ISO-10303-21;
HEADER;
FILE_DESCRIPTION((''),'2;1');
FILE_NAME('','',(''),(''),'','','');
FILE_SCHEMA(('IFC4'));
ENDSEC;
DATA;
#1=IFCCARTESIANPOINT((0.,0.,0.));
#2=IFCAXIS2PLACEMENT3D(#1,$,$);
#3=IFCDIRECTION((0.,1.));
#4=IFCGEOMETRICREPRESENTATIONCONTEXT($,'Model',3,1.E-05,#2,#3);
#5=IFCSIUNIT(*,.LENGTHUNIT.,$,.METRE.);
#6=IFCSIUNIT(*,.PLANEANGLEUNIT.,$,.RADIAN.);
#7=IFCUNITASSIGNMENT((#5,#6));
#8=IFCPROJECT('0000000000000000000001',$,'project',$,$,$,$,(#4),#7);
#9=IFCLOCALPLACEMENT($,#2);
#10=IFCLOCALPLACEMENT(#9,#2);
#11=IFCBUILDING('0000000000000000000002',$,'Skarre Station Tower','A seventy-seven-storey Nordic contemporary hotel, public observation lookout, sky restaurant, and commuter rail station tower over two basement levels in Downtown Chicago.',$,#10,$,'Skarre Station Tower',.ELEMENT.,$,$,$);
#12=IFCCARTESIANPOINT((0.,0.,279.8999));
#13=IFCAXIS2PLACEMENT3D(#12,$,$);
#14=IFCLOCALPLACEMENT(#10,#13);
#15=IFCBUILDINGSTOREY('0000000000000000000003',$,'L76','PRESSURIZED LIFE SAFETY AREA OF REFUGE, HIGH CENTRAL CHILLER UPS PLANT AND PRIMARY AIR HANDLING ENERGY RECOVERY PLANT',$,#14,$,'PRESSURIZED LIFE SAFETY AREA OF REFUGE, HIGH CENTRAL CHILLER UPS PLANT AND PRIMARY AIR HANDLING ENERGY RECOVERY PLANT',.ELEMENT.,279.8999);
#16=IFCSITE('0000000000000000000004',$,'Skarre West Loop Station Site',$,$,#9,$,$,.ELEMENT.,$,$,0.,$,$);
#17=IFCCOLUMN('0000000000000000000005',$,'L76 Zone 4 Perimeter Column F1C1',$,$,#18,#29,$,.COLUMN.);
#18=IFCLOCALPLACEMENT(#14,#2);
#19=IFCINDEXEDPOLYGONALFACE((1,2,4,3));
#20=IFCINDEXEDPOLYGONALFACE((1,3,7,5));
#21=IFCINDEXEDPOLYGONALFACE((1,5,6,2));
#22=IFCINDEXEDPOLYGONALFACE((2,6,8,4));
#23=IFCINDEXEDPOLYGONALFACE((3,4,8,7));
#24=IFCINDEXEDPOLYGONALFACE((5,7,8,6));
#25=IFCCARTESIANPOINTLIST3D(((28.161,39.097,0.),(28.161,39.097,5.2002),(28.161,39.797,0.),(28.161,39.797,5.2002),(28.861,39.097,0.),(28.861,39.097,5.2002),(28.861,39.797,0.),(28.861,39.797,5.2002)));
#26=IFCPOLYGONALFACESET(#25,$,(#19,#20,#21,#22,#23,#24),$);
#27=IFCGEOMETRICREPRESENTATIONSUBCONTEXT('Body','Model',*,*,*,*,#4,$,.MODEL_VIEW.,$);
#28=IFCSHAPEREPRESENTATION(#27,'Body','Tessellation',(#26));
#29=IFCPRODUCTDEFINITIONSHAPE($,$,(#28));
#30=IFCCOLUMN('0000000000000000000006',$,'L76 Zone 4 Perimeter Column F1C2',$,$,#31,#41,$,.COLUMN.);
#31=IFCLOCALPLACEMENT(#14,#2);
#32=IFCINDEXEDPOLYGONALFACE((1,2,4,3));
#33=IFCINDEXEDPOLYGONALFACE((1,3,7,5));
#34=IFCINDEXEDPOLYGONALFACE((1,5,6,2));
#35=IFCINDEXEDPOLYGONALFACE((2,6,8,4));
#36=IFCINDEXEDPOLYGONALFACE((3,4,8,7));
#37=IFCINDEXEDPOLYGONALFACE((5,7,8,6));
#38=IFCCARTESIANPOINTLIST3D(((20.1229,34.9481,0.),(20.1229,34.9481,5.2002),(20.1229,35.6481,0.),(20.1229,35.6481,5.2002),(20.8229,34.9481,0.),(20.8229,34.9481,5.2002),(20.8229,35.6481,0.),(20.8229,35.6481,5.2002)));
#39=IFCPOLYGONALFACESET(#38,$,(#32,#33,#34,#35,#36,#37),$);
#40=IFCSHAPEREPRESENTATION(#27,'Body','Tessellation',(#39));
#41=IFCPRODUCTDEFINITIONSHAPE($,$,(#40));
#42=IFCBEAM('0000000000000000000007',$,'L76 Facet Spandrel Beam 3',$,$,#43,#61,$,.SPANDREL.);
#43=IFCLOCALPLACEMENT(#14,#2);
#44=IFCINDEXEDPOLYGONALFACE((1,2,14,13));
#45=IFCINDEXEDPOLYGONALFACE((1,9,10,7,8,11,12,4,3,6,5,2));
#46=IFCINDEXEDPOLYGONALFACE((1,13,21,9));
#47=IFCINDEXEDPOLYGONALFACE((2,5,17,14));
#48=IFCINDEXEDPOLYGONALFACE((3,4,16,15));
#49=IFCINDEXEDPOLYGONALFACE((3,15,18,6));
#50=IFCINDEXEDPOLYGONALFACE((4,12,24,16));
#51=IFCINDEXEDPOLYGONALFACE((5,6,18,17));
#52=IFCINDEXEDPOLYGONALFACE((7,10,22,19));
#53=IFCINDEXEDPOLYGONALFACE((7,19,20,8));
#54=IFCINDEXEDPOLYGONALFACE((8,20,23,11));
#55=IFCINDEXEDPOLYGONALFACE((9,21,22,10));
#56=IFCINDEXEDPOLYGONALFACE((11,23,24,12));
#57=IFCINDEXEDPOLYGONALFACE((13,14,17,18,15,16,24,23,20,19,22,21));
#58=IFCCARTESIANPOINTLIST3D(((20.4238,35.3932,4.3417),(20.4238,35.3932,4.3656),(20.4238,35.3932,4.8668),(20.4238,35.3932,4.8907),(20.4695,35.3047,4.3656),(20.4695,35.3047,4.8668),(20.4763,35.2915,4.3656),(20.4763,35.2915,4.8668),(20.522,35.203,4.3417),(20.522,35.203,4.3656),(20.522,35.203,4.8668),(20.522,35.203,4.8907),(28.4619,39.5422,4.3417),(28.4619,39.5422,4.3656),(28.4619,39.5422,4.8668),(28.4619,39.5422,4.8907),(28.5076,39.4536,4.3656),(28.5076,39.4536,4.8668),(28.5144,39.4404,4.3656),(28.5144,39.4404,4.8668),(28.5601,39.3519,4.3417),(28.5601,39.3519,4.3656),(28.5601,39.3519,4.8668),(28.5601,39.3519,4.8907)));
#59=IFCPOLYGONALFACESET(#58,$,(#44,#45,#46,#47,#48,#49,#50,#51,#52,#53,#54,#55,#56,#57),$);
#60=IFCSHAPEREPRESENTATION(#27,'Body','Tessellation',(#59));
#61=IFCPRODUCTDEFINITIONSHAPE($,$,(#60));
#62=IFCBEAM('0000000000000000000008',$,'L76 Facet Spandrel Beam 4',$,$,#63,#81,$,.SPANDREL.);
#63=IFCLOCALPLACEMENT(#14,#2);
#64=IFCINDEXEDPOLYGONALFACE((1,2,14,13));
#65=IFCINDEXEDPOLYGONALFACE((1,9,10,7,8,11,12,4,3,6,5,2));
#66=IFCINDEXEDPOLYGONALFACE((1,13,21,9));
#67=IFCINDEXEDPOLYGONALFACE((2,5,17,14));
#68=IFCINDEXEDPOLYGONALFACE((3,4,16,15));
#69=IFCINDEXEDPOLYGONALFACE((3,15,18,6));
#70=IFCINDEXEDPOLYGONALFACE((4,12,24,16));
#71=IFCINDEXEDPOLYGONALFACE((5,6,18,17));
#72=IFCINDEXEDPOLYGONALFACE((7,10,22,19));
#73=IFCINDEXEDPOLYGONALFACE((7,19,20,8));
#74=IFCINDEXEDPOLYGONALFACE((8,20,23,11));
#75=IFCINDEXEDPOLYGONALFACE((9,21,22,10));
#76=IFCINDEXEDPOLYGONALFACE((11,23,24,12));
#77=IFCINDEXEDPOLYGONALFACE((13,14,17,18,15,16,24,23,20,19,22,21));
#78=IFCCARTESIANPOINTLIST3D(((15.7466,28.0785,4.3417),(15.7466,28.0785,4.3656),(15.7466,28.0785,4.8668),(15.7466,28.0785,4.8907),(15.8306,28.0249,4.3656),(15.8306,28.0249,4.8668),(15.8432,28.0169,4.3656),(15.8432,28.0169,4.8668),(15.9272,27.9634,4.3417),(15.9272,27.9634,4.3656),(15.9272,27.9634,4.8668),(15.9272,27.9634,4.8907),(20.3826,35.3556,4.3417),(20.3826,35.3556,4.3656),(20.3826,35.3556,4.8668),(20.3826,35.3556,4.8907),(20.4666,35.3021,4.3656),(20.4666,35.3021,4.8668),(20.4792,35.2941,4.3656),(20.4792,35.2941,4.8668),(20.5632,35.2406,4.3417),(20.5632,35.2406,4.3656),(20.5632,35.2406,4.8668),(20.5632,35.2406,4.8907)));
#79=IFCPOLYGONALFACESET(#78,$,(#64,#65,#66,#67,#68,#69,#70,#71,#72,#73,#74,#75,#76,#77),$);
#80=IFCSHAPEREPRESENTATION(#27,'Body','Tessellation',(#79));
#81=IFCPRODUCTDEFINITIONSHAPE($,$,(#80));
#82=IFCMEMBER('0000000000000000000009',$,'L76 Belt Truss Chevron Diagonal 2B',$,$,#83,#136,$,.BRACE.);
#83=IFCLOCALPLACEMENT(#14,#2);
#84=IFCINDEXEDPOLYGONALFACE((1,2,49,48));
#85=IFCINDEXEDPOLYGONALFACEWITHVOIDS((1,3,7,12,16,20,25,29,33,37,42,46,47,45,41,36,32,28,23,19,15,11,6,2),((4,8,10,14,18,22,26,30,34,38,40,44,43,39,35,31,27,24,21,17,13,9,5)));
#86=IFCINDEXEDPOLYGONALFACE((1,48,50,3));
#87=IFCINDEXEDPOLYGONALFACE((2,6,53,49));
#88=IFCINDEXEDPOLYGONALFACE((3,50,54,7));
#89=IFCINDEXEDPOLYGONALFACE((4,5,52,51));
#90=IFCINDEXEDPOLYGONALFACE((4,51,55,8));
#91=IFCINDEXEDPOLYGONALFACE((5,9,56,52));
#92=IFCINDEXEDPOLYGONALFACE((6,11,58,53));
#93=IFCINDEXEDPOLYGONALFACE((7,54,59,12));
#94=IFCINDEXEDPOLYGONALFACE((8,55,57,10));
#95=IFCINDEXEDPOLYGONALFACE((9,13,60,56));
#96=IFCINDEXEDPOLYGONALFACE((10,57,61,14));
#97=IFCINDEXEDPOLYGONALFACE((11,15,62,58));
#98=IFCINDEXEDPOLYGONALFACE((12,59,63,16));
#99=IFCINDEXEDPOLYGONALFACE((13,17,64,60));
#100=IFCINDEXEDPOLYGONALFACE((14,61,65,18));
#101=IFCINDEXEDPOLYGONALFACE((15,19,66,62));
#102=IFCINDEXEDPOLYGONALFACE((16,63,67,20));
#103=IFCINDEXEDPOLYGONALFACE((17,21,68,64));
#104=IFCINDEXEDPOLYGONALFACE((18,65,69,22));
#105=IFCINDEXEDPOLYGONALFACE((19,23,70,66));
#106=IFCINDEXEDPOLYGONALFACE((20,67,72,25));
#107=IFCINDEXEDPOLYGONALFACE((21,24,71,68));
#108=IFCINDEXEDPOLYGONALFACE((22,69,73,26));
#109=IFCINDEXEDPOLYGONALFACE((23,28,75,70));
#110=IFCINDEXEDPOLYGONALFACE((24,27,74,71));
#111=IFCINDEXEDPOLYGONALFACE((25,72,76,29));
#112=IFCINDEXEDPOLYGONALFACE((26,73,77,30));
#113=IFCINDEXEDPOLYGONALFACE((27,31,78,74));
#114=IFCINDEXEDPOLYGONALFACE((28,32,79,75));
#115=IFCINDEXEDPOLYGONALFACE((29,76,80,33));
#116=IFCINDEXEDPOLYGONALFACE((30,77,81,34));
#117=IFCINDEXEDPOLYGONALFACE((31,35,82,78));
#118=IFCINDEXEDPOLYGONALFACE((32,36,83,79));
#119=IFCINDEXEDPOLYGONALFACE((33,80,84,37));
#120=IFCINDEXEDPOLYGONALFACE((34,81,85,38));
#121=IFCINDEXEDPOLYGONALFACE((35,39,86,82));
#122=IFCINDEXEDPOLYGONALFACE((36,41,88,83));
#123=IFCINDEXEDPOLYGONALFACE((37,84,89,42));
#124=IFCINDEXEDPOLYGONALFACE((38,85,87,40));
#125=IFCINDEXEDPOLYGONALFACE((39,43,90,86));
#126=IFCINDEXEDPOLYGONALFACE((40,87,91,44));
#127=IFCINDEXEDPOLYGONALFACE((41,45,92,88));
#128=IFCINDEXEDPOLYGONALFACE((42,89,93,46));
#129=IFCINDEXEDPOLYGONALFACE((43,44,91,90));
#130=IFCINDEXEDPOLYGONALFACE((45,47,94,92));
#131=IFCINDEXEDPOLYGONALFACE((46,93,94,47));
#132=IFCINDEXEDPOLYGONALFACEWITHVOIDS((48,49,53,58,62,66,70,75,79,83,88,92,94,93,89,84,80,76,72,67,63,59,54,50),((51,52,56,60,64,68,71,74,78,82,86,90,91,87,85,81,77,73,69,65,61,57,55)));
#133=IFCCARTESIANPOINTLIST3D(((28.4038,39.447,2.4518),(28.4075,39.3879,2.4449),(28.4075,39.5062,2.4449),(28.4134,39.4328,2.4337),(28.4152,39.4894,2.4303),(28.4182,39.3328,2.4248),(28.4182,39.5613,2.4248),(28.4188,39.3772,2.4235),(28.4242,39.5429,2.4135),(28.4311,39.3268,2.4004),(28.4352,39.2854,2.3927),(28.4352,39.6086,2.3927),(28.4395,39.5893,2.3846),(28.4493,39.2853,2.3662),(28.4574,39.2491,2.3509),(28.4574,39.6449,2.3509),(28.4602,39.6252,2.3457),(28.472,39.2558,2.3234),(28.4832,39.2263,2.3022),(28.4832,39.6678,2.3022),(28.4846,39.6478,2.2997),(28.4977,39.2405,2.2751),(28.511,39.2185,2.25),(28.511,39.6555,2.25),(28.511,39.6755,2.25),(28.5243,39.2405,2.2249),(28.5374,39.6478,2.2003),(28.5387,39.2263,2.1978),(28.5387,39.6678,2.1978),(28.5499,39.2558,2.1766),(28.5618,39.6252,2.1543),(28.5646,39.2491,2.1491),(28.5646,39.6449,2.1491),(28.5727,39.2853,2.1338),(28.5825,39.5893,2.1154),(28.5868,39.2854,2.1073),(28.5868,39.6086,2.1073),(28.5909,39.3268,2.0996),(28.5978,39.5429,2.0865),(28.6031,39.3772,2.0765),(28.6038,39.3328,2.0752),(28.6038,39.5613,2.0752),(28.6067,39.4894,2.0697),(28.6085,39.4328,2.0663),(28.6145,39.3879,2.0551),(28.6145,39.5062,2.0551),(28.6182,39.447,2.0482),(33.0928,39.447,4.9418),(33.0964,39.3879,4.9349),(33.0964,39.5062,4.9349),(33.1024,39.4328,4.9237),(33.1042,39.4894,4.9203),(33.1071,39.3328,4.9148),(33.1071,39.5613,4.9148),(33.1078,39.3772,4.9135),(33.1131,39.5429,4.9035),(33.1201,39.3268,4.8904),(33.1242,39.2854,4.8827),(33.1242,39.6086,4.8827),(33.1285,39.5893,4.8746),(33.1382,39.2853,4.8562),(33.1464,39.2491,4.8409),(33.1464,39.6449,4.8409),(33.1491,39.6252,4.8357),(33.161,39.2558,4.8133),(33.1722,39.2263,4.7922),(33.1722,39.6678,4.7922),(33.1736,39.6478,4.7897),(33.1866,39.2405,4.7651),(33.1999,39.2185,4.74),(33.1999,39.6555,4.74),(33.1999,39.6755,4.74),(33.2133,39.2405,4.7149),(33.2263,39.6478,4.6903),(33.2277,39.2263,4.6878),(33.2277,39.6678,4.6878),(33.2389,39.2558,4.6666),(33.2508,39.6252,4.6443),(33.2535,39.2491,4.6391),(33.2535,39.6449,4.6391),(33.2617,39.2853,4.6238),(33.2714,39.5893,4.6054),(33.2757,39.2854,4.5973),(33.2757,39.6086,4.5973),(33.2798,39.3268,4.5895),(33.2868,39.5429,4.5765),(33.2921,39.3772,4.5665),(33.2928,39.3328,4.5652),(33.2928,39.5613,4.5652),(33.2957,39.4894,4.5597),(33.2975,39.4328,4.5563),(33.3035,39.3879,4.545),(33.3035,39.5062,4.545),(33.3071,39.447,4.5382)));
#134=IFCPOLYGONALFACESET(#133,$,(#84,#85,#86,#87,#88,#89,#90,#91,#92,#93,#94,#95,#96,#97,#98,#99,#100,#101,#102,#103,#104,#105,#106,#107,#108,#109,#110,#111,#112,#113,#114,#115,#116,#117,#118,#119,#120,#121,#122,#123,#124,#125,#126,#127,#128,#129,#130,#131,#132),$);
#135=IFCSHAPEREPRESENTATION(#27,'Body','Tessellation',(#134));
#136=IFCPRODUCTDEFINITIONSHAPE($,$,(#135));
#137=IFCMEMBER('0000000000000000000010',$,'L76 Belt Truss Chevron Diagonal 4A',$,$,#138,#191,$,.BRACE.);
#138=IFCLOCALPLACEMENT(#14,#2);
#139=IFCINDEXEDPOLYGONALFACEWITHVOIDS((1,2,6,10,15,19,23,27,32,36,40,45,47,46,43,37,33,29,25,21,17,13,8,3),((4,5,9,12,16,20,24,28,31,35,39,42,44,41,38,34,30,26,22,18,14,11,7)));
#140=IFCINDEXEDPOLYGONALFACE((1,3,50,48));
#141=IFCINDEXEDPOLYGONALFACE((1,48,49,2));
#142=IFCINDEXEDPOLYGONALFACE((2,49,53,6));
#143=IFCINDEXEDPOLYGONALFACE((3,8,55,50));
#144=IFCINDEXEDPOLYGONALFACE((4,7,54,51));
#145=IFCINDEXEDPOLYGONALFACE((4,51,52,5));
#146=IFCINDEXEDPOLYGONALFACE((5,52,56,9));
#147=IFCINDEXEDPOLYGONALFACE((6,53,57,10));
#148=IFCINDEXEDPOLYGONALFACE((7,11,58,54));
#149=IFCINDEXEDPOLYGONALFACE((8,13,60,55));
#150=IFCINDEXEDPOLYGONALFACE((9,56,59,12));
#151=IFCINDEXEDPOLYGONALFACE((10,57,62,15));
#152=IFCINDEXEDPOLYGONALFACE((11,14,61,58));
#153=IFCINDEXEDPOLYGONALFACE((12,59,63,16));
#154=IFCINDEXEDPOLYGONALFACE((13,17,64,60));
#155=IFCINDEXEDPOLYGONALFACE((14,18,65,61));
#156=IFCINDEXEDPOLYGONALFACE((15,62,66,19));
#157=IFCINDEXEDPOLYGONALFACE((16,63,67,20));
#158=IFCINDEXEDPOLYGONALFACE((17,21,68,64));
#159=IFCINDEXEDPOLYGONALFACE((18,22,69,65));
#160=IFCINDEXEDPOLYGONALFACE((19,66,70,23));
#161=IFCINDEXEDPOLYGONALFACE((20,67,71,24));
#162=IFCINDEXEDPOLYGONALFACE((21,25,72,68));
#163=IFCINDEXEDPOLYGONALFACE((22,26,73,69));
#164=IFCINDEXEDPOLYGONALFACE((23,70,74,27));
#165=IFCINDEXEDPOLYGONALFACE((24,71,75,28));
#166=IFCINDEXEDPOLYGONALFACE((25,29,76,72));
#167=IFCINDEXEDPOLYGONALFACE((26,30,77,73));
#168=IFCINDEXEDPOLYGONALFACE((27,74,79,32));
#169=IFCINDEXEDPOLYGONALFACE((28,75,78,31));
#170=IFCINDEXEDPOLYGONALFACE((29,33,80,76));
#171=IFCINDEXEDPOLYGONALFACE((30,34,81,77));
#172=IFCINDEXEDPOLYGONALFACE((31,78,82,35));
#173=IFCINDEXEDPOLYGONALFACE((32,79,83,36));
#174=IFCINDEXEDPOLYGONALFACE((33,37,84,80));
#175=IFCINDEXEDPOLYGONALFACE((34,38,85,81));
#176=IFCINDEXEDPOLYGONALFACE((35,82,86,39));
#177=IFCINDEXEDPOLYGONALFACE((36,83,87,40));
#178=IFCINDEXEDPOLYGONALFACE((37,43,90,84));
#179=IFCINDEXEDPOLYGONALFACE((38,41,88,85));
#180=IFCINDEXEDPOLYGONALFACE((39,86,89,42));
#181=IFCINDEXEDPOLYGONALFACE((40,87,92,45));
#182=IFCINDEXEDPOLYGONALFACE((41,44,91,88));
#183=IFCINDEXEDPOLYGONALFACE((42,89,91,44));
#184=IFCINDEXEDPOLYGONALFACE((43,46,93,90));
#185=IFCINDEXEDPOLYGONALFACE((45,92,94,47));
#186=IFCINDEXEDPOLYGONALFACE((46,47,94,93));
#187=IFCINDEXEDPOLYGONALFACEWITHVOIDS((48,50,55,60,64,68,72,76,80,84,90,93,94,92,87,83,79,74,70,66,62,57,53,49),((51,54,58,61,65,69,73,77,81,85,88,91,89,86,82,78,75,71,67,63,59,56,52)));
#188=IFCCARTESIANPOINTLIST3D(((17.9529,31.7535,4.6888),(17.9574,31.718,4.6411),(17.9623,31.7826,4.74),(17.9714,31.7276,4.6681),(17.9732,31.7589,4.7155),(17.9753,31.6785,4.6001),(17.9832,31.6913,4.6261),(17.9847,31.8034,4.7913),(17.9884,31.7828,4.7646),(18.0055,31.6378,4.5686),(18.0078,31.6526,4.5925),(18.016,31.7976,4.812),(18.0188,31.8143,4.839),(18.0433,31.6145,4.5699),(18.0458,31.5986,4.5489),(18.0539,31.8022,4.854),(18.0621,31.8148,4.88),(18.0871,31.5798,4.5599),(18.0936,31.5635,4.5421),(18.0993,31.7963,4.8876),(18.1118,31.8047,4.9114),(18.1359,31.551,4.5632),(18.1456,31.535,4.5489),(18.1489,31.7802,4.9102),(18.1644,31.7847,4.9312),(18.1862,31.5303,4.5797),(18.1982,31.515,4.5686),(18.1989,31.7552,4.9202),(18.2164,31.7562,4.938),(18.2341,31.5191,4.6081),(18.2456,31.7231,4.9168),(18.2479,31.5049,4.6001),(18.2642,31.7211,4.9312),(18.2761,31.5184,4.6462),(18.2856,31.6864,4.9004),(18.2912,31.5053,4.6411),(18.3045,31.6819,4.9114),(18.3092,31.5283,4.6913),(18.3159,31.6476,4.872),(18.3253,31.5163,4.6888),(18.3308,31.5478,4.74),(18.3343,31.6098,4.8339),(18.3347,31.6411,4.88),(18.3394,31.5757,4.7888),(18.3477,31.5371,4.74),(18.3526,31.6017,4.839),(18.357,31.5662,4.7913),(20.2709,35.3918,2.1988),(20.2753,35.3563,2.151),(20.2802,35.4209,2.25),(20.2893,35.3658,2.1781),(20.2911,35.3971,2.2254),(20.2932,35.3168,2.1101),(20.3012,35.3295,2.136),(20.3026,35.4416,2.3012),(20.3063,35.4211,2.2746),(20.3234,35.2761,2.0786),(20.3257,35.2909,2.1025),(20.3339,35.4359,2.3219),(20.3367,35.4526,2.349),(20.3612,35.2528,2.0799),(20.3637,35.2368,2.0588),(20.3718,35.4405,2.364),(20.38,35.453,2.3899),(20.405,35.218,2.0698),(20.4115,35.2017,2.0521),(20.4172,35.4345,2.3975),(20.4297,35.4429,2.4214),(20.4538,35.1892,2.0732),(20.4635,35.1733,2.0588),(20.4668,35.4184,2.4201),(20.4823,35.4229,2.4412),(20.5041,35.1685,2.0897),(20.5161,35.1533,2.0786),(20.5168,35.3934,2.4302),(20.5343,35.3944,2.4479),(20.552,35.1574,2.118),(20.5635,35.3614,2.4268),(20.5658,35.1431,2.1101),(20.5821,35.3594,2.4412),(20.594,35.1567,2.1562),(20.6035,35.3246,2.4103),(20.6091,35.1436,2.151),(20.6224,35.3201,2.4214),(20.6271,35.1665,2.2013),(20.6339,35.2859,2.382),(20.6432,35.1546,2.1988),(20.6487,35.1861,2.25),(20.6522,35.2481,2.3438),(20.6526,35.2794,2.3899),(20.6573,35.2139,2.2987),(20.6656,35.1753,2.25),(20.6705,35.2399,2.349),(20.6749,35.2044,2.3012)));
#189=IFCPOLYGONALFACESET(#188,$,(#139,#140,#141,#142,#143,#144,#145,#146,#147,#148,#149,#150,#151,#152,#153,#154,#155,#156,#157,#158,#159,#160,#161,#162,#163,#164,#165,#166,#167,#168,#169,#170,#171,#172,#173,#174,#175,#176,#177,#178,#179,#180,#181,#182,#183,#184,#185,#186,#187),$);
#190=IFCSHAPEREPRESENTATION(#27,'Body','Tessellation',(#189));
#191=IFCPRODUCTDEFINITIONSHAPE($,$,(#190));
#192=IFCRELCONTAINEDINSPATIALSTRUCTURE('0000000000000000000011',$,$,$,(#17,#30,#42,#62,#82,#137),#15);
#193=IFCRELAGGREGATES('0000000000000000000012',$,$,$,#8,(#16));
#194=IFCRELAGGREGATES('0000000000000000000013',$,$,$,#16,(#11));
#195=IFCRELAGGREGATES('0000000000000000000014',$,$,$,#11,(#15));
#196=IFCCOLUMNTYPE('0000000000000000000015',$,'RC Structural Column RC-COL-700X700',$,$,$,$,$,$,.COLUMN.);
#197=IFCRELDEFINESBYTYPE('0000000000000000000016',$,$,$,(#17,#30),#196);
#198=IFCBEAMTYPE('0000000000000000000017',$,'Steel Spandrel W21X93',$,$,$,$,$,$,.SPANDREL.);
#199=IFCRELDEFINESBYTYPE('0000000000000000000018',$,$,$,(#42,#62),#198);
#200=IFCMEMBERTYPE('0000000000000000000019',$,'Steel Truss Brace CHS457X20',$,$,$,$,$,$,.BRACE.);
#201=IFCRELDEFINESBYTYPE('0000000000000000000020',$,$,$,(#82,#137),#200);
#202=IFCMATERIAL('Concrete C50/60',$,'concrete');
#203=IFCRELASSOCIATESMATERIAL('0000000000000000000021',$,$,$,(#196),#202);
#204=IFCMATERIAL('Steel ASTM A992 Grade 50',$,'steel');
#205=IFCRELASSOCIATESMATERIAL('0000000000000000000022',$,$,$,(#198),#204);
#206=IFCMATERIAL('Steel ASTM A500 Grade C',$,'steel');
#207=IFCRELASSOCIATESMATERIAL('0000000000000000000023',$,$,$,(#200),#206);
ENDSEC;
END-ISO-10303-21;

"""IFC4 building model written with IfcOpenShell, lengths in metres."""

from ifc_helpers import new_model, si_unit, direction, frame, origin, origin_2d, place, context, subcontext, project, spatial, rectangle, hollow_circle, i_section, extrude, material, material_profile, profile_set, type_object, element, save


model = new_model("IFC4")

# Units and contexts
model_context = context("Model", 3, precision=1e-05, world=origin(), true_north=direction((0.0, 1.0)))
body_context = subcontext(model_context, "Body", "Model", "MODEL_VIEW")
ifc_project = project(units=[si_unit("LENGTHUNIT", "METRE"), si_unit("PLANEANGLEUNIT", "RADIAN")], contexts=[model_context])

# Site, building, storey
site_placement = place(None, origin())
site = spatial("IfcSite", under=ifc_project, at=site_placement, Name="Skarre West Loop Station Site", CompositionType="ELEMENT", RefElevation=0.0)
building_placement = place(site_placement, origin())
building = spatial("IfcBuilding", under=site, at=building_placement, Name="Skarre Station Tower", Description="A seventy-seven-storey Nordic contemporary hotel, public observation lookout, sky restaurant, and commuter rail station tower over two basement levels in Downtown Chicago.", LongName="Skarre Station Tower", CompositionType="ELEMENT")
storey_placement = place(building_placement, frame((0.0, 0.0, 279.8999)))
storey = spatial("IfcBuildingStorey", under=building, at=storey_placement, Name="L76", Description="PRESSURIZED LIFE SAFETY AREA OF REFUGE, HIGH CENTRAL CHILLER UPS PLANT AND PRIMARY AIR HANDLING ENERGY RECOVERY PLANT", LongName="PRESSURIZED LIFE SAFETY AREA OF REFUGE, HIGH CENTRAL CHILLER UPS PLANT AND PRIMARY AIR HANDLING ENERGY RECOVERY PLANT", CompositionType="ELEMENT", Elevation=279.8999)

# Columns
ifc_material_1 = material(Name="Concrete C50/60", Category="concrete")
ifc_material_profile_1 = material_profile(ifc_material_1, rectangle(XDim=0.7, YDim=0.7, at=origin_2d()), Name="Concrete C50/60")
ifc_profile_set_1 = profile_set([ifc_material_profile_1], Name="Concrete C50/60")
column_type = type_object("IfcColumnType", Name="RC Structural Column RC-COL-700X700", PredefinedType="COLUMN", material=ifc_profile_set_1)
for number, where, z_axis, x_axis, name in (
    (1, (28.511, 39.447, 0.0), (0.0, 0.0, 1.0), (1.0, 0.0, 0.0), "L76 Zone 4 Perimeter Column F1C1"),
    (2, (20.4729, 35.2981, 0.0), (0.0, 0.0, 1.0), (1.0, 0.0, 0.0), "L76 Zone 4 Perimeter Column F1C2"),
):
    element("IfcColumn", number, at=place(storey_placement, frame(where, z_axis=z_axis, x_axis=x_axis)), inside=storey, type_object=column_type, Name=name, PredefinedType="COLUMN", context=body_context, shape_type="SweptSolid", body=[
        extrude(rectangle(XDim=0.7, YDim=0.7, at=origin_2d()), origin(), (0.0, 0.0, 1.0), 5.2002),
    ])

# Beams
ifc_material_2 = material(Name="Steel ASTM A992 Grade 50", Category="steel")
ifc_material_profile_2 = material_profile(ifc_material_2, i_section(OverallWidth=0.2141, OverallDepth=0.5491, WebThickness=0.0149, FlangeThickness=0.0239, at=origin_2d()), Name="Steel ASTM A992 Grade 50")
ifc_profile_set_2 = profile_set([ifc_material_profile_2], Name="Steel ASTM A992 Grade 50")
beam_type = type_object("IfcBeamType", Name="Steel Spandrel W21X93", PredefinedType="SPANDREL", material=ifc_profile_set_2)
beam_1_placement = place(storey_placement, frame((28.511, 39.447, 4.6162), z_axis=(-0.88861, -0.458664, 0.0), x_axis=(0.458664, -0.88861, 0.0)))
element("IfcBeam", 3, at=beam_1_placement, inside=storey, type_object=beam_type, Name="L76 Facet Spandrel Beam 3", PredefinedType="SPANDREL", context=body_context, shape_type="SweptSolid", body=[
    extrude(i_section(OverallWidth=0.2141, OverallDepth=0.5491, WebThickness=0.0149, FlangeThickness=0.0239, at=origin_2d()), origin(), (0.0, 0.0, 1.0), 9.0457),
])
beam_2_placement = place(storey_placement, frame((20.4729, 35.2981, 4.6162), z_axis=(-0.537297, -0.843393, 0.0), x_axis=(0.843393, -0.537297, 0.0)))
element("IfcBeam", 4, at=beam_2_placement, inside=storey, type_object=beam_type, Name="L76 Facet Spandrel Beam 4", PredefinedType="SPANDREL", context=body_context, shape_type="SweptSolid", body=[
    extrude(i_section(OverallWidth=0.2141, OverallDepth=0.5491, WebThickness=0.0149, FlangeThickness=0.0239, at=origin_2d()), origin(), (0.0, 0.0, 1.0), 8.6284),
])

# Members
ifc_material_3 = material(Name="Steel ASTM A500 Grade C", Category="steel")
ifc_material_profile_3 = material_profile(ifc_material_3, hollow_circle(Radius=0.2285, WallThickness=0.02, at=origin_2d()), Name="Steel ASTM A500 Grade C")
ifc_profile_set_3 = profile_set([ifc_material_profile_3], Name="Steel ASTM A500 Grade C")
member_type_1 = type_object("IfcMemberType", Name="Steel Truss Brace CHS457X20", PredefinedType="BRACE", material=ifc_profile_set_3)
member_1_placement = place(storey_placement, frame((28.511, 39.447, 2.25), z_axis=(0.883195, 0.0, 0.469005), x_axis=(0.0, 1.0, 0.0)))
element("IfcMember", 5, at=member_1_placement, inside=storey, type_object=member_type_1, Name="L76 Belt Truss Chevron Diagonal 2B", PredefinedType="BRACE", context=body_context, shape_type="SweptSolid", body=[
    extrude(hollow_circle(Radius=0.2285, WallThickness=0.02, at=origin_2d()), origin(), (0.0, 0.0, 1.0), 5.3091),
])
member_2_placement = place(storey_placement, frame((20.4729, 35.2981, 2.25), z_axis=(-0.465356, -0.730433, 0.499912), x_axis=(0.843382, -0.537315, 0.0)))
element("IfcMember", 6, at=member_2_placement, inside=storey, type_object=member_type_1, Name="L76 Belt Truss Chevron Diagonal 4A", PredefinedType="BRACE", context=body_context, shape_type="SweptSolid", body=[
    extrude(hollow_circle(Radius=0.2285, WallThickness=0.02, at=origin_2d()), origin(), (0.0, 0.0, 1.0), 4.981),
])

save(model, "model.ifc")
